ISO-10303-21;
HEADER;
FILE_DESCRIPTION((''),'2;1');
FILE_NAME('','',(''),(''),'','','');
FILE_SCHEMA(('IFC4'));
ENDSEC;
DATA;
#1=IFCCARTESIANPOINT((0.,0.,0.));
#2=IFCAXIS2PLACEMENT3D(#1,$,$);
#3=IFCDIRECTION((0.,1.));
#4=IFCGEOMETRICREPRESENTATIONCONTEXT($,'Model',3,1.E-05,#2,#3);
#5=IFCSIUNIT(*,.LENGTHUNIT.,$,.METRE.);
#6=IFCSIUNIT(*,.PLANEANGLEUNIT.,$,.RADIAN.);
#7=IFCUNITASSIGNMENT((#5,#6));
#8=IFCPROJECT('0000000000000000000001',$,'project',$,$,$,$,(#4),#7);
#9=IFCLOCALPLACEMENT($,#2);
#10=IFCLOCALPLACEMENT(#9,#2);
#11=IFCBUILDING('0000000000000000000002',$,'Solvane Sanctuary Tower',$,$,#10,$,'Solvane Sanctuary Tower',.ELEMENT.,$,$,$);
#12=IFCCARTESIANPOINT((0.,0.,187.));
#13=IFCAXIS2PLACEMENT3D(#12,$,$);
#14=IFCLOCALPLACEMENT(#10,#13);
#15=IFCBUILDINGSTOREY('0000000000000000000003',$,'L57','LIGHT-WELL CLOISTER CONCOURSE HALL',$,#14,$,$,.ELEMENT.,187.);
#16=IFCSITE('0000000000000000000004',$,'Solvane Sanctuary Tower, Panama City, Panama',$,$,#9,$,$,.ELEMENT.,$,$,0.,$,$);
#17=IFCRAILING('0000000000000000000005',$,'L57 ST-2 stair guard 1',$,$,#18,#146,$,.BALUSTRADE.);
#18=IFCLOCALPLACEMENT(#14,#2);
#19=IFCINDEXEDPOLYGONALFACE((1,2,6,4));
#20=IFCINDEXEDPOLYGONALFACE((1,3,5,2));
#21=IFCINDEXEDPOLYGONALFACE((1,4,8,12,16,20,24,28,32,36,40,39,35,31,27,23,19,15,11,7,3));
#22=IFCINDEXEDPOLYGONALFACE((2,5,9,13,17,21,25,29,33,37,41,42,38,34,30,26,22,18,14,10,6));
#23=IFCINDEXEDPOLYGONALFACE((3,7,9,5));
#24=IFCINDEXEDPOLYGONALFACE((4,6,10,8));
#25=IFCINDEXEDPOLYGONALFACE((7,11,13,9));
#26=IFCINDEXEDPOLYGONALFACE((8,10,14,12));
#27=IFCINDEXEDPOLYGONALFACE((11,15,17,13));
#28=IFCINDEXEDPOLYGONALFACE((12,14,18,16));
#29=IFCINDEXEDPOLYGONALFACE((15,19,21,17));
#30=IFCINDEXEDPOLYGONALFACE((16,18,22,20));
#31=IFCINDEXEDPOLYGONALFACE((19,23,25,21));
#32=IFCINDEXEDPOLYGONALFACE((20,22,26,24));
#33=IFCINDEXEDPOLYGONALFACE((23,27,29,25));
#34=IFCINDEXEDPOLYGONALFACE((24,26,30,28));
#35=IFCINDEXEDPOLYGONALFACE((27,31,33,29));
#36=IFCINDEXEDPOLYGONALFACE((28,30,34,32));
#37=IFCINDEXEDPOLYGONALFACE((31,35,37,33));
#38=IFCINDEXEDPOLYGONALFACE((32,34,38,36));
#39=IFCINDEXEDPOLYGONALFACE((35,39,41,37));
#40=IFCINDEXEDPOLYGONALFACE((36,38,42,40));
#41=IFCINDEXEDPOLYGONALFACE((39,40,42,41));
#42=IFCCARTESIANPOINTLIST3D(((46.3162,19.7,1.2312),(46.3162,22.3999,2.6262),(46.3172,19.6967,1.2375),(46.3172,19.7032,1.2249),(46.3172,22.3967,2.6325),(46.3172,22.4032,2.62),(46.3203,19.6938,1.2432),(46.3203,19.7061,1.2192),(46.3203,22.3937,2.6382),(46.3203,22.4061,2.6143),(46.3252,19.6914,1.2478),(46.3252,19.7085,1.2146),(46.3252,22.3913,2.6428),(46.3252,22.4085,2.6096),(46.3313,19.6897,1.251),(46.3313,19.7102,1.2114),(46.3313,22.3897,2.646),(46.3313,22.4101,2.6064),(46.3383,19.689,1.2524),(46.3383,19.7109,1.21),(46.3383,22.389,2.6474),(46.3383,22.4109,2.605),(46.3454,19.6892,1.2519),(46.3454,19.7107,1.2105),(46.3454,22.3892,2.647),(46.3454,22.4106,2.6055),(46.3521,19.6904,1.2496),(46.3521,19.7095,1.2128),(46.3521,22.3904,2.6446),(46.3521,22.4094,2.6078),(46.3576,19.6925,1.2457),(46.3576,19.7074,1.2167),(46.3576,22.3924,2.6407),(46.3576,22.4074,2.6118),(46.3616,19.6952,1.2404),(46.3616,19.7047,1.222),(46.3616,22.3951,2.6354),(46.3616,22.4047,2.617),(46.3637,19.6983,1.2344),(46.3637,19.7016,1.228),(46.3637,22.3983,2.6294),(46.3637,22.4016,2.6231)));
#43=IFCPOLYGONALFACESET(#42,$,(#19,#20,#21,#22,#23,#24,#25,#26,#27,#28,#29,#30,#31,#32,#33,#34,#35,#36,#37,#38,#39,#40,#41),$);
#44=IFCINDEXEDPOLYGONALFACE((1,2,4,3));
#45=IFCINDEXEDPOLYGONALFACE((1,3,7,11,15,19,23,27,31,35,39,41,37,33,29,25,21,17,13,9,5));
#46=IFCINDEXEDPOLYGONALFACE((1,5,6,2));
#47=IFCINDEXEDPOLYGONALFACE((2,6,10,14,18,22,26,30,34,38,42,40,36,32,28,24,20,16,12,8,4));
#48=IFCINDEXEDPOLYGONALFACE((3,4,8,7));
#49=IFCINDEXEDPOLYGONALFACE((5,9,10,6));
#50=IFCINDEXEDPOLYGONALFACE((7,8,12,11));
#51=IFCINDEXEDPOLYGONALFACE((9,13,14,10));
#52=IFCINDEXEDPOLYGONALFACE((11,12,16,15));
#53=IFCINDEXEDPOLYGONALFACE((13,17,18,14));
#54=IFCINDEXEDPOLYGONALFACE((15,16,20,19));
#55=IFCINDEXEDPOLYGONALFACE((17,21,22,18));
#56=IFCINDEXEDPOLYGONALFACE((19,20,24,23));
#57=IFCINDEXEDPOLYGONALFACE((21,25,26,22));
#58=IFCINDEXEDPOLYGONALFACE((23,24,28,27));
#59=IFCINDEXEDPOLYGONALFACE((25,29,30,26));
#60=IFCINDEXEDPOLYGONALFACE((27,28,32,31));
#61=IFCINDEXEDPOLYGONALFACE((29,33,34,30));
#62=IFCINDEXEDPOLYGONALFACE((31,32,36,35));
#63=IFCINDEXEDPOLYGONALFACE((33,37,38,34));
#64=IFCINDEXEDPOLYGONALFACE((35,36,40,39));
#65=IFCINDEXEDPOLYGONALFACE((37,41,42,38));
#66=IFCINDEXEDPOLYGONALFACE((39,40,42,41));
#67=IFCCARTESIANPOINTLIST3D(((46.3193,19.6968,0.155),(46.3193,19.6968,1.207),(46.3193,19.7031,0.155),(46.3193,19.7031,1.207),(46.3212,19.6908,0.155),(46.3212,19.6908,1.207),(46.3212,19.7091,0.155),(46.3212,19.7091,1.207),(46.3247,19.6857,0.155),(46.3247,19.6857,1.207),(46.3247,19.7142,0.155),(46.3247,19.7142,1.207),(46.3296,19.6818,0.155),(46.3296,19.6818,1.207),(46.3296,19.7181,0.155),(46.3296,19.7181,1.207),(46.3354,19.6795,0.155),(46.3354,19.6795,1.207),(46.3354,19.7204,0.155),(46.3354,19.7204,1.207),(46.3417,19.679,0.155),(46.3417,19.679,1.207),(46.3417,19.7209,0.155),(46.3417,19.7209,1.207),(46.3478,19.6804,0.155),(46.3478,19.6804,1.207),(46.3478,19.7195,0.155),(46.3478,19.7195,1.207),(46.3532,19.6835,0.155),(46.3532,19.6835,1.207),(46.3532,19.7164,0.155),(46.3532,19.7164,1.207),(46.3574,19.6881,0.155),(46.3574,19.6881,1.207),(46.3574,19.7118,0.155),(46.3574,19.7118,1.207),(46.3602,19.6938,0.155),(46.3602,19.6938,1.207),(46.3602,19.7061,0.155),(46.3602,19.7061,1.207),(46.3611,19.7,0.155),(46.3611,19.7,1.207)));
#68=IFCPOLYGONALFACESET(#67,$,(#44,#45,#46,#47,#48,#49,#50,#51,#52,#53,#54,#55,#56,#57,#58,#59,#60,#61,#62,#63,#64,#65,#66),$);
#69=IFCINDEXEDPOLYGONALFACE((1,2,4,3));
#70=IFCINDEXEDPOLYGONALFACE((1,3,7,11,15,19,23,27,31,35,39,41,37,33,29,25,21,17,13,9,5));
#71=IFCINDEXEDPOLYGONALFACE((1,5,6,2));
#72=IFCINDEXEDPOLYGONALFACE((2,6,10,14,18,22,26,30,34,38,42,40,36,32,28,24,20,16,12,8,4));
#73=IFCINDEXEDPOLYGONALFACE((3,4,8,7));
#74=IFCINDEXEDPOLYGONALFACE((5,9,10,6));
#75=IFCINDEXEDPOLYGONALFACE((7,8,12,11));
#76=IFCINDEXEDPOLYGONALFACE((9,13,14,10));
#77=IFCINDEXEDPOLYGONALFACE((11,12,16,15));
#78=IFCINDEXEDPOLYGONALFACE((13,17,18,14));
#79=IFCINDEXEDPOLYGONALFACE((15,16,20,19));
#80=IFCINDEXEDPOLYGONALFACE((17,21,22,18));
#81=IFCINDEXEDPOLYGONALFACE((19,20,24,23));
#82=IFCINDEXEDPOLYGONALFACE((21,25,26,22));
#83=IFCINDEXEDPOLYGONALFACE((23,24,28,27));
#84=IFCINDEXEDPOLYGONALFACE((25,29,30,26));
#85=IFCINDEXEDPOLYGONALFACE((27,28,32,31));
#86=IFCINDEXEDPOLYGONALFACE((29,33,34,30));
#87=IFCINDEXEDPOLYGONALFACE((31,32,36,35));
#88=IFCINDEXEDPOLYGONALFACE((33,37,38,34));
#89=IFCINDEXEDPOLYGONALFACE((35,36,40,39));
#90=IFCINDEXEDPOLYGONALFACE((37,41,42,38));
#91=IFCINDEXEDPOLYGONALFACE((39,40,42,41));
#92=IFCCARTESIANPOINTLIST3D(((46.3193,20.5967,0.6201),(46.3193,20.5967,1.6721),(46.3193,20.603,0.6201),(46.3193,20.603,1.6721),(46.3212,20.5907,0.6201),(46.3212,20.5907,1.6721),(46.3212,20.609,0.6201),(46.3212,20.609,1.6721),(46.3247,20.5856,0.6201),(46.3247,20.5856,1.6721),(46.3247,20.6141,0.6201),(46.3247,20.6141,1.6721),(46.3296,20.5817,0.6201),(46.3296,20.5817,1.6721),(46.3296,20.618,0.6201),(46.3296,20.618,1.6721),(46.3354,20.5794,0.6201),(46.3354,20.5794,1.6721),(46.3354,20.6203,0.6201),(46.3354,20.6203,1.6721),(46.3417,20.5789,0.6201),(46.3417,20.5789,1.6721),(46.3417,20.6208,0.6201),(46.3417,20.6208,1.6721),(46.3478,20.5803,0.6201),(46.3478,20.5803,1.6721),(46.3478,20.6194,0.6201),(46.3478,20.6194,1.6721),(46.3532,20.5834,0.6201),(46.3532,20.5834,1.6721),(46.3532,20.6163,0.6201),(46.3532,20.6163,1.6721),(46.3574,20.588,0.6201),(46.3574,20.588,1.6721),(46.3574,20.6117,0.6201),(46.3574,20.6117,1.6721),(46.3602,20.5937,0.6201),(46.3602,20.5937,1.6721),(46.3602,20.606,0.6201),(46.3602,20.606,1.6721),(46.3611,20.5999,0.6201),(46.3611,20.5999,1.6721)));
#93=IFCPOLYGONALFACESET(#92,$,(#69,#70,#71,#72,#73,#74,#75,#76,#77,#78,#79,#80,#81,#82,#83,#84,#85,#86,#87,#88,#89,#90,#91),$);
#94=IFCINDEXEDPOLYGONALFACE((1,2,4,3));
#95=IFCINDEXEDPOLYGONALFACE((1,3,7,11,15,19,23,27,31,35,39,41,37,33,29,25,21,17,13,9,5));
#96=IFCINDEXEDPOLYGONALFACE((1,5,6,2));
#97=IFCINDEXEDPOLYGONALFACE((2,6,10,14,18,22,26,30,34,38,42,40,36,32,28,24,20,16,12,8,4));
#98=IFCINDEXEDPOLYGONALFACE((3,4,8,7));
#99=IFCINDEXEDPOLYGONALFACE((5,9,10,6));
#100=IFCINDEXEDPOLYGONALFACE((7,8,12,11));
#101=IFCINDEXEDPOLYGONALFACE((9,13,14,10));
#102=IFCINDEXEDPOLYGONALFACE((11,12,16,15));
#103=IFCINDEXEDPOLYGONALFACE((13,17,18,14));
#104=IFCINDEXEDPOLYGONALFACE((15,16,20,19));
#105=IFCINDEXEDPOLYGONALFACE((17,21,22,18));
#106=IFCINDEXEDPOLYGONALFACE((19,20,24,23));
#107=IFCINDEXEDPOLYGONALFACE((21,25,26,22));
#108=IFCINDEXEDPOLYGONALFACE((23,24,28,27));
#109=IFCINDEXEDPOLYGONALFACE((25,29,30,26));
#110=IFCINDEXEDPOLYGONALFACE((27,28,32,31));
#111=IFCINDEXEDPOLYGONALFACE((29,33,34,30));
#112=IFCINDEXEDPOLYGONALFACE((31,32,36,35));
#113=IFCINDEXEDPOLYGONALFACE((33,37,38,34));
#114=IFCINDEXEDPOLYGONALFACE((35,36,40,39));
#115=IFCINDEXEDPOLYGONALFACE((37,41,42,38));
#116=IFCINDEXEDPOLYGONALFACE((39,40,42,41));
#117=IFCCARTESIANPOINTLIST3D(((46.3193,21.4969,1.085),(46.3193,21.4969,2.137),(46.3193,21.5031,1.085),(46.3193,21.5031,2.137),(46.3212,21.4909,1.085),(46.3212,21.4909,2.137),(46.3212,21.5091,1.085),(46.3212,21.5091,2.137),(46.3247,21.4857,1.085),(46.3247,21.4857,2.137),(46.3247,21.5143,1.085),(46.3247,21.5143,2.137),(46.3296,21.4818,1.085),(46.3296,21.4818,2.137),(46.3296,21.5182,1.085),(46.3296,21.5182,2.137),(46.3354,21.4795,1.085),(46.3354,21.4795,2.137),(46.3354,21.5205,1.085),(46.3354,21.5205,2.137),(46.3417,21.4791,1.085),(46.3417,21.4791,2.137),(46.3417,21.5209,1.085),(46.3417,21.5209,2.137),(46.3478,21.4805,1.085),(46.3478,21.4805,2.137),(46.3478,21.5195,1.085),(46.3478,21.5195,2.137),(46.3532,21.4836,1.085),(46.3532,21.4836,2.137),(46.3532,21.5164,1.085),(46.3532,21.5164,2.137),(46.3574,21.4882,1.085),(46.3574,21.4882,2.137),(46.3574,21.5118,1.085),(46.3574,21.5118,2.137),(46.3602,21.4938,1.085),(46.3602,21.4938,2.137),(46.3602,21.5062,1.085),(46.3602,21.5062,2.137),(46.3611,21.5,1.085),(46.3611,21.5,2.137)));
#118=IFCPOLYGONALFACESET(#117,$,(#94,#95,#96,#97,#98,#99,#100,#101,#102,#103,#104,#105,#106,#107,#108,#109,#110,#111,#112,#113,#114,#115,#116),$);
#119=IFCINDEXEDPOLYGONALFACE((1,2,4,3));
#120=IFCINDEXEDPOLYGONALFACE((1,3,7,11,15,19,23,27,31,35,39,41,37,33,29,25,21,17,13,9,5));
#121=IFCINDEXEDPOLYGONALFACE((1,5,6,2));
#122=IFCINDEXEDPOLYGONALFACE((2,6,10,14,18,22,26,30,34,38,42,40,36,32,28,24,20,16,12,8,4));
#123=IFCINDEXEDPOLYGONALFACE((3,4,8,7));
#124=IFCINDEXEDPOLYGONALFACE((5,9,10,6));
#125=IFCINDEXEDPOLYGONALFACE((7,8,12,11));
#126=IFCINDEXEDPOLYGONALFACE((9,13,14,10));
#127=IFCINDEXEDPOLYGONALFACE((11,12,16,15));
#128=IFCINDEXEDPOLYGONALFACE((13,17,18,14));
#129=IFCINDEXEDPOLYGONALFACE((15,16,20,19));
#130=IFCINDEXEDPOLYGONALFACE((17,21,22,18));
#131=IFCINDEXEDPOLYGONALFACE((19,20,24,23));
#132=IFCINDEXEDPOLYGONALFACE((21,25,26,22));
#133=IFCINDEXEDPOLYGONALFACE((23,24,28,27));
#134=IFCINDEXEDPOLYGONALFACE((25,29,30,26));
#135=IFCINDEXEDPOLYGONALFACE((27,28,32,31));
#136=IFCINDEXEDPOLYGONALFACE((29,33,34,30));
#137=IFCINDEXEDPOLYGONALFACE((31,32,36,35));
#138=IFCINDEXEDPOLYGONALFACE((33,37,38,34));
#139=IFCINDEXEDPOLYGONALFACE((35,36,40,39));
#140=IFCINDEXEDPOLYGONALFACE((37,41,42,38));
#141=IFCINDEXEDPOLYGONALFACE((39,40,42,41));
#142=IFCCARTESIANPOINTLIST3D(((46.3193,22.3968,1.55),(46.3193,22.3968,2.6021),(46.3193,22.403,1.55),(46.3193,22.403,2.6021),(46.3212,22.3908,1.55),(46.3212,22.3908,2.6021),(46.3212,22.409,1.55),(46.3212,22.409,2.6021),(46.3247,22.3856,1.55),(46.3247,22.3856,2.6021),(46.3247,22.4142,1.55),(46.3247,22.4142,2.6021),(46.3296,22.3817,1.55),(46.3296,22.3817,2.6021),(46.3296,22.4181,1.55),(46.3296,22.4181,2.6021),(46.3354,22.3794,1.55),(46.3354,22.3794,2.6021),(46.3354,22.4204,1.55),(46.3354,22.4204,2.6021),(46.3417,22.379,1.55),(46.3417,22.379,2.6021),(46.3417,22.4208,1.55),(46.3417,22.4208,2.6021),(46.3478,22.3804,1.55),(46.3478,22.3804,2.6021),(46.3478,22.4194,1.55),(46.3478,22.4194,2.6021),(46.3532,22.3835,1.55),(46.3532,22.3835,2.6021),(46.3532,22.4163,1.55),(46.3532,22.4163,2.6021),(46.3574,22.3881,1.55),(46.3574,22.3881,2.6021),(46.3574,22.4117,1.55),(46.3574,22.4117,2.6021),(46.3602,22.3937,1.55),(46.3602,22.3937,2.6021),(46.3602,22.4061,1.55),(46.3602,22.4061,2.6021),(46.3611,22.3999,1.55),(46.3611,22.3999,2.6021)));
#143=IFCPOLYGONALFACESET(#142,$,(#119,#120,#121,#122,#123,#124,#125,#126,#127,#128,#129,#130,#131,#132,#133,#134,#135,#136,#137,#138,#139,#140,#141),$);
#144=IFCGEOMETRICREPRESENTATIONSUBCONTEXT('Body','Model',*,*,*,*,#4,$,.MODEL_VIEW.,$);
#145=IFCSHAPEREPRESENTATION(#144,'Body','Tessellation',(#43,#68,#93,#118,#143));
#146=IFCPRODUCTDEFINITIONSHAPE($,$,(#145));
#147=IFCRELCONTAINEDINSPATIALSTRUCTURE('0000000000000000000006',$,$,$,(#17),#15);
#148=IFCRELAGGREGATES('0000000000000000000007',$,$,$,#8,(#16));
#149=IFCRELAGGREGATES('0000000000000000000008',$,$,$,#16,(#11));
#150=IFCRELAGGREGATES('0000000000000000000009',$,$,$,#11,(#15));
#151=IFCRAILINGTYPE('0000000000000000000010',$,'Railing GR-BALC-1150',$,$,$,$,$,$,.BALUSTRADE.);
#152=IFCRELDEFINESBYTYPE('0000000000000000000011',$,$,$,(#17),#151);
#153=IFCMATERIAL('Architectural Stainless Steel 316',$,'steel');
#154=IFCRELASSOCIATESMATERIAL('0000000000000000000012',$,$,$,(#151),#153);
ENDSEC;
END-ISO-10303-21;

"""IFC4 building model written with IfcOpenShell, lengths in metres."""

from ifc_helpers import new_model, si_unit, direction, frame, origin, origin_2d, place, context, subcontext, project, spatial, circle, extrude, material, type_object, element, save


model = new_model("IFC4")

# Units and contexts
model_context = context("Model", 3, precision=1e-05, world=origin(), true_north=direction((0.0, 1.0)))
body_context = subcontext(model_context, "Body", "Model", "MODEL_VIEW")
ifc_project = project(units=[si_unit("LENGTHUNIT", "METRE"), si_unit("PLANEANGLEUNIT", "RADIAN")], contexts=[model_context])

# Site, building, storey
site_placement = place(None, origin())
site = spatial("IfcSite", under=ifc_project, at=site_placement, Name="Solvane Sanctuary Tower, Panama City, Panama", CompositionType="ELEMENT", RefElevation=0.0)
building_placement = place(site_placement, origin())
building = spatial("IfcBuilding", under=site, at=building_placement, Name="Solvane Sanctuary Tower", LongName="Solvane Sanctuary Tower", CompositionType="ELEMENT")
storey_placement = place(building_placement, frame((0.0, 0.0, 187.0)))
storey = spatial("IfcBuildingStorey", under=building, at=storey_placement, Name="L57", Description="LIGHT-WELL CLOISTER CONCOURSE HALL", CompositionType="ELEMENT", Elevation=187.0)

# Shared definitions
ifc_material_1 = material(Name="Architectural Stainless Steel 316", Category="steel")

# Railing
railing_type_1 = type_object("IfcRailingType", Name="Railing GR-BALC-1150", PredefinedType="BALUSTRADE", material=ifc_material_1)
railing_1_placement = place(storey_placement, frame((46.3401, 19.7, 0.155)))
element("IfcRailing", 1, at=railing_1_placement, inside=storey, type_object=railing_type_1, Name="L57 ST-2 stair guard 1", PredefinedType="BALUSTRADE", context=body_context, shape_type="SweptSolid", body=[
    extrude(circle(Radius=0.0239, at=origin_2d()), frame((0.0, 0.0, 1.0762), z_axis=(0.0, 0.88842, 0.459032), x_axis=(-1.0, 0.0, 0.0)), (0.0, 0.0, 1.0), 3.0391),
    extrude(circle(Radius=0.021, at=origin_2d()), origin(), (0.0, 0.0, 1.0), 1.052),
    extrude(circle(Radius=0.021, at=origin_2d()), frame((0.0, 0.8999, 0.4651)), (0.0, 0.0, 1.0), 1.052),
    extrude(circle(Radius=0.021, at=origin_2d()), frame((0.0, 1.8, 0.9299)), (0.0, 0.0, 1.0), 1.052),
    extrude(circle(Radius=0.021, at=origin_2d()), frame((0.0, 2.7, 1.395)), (0.0, 0.0, 1.0), 1.052),
])

save(model, "model.ifc")
